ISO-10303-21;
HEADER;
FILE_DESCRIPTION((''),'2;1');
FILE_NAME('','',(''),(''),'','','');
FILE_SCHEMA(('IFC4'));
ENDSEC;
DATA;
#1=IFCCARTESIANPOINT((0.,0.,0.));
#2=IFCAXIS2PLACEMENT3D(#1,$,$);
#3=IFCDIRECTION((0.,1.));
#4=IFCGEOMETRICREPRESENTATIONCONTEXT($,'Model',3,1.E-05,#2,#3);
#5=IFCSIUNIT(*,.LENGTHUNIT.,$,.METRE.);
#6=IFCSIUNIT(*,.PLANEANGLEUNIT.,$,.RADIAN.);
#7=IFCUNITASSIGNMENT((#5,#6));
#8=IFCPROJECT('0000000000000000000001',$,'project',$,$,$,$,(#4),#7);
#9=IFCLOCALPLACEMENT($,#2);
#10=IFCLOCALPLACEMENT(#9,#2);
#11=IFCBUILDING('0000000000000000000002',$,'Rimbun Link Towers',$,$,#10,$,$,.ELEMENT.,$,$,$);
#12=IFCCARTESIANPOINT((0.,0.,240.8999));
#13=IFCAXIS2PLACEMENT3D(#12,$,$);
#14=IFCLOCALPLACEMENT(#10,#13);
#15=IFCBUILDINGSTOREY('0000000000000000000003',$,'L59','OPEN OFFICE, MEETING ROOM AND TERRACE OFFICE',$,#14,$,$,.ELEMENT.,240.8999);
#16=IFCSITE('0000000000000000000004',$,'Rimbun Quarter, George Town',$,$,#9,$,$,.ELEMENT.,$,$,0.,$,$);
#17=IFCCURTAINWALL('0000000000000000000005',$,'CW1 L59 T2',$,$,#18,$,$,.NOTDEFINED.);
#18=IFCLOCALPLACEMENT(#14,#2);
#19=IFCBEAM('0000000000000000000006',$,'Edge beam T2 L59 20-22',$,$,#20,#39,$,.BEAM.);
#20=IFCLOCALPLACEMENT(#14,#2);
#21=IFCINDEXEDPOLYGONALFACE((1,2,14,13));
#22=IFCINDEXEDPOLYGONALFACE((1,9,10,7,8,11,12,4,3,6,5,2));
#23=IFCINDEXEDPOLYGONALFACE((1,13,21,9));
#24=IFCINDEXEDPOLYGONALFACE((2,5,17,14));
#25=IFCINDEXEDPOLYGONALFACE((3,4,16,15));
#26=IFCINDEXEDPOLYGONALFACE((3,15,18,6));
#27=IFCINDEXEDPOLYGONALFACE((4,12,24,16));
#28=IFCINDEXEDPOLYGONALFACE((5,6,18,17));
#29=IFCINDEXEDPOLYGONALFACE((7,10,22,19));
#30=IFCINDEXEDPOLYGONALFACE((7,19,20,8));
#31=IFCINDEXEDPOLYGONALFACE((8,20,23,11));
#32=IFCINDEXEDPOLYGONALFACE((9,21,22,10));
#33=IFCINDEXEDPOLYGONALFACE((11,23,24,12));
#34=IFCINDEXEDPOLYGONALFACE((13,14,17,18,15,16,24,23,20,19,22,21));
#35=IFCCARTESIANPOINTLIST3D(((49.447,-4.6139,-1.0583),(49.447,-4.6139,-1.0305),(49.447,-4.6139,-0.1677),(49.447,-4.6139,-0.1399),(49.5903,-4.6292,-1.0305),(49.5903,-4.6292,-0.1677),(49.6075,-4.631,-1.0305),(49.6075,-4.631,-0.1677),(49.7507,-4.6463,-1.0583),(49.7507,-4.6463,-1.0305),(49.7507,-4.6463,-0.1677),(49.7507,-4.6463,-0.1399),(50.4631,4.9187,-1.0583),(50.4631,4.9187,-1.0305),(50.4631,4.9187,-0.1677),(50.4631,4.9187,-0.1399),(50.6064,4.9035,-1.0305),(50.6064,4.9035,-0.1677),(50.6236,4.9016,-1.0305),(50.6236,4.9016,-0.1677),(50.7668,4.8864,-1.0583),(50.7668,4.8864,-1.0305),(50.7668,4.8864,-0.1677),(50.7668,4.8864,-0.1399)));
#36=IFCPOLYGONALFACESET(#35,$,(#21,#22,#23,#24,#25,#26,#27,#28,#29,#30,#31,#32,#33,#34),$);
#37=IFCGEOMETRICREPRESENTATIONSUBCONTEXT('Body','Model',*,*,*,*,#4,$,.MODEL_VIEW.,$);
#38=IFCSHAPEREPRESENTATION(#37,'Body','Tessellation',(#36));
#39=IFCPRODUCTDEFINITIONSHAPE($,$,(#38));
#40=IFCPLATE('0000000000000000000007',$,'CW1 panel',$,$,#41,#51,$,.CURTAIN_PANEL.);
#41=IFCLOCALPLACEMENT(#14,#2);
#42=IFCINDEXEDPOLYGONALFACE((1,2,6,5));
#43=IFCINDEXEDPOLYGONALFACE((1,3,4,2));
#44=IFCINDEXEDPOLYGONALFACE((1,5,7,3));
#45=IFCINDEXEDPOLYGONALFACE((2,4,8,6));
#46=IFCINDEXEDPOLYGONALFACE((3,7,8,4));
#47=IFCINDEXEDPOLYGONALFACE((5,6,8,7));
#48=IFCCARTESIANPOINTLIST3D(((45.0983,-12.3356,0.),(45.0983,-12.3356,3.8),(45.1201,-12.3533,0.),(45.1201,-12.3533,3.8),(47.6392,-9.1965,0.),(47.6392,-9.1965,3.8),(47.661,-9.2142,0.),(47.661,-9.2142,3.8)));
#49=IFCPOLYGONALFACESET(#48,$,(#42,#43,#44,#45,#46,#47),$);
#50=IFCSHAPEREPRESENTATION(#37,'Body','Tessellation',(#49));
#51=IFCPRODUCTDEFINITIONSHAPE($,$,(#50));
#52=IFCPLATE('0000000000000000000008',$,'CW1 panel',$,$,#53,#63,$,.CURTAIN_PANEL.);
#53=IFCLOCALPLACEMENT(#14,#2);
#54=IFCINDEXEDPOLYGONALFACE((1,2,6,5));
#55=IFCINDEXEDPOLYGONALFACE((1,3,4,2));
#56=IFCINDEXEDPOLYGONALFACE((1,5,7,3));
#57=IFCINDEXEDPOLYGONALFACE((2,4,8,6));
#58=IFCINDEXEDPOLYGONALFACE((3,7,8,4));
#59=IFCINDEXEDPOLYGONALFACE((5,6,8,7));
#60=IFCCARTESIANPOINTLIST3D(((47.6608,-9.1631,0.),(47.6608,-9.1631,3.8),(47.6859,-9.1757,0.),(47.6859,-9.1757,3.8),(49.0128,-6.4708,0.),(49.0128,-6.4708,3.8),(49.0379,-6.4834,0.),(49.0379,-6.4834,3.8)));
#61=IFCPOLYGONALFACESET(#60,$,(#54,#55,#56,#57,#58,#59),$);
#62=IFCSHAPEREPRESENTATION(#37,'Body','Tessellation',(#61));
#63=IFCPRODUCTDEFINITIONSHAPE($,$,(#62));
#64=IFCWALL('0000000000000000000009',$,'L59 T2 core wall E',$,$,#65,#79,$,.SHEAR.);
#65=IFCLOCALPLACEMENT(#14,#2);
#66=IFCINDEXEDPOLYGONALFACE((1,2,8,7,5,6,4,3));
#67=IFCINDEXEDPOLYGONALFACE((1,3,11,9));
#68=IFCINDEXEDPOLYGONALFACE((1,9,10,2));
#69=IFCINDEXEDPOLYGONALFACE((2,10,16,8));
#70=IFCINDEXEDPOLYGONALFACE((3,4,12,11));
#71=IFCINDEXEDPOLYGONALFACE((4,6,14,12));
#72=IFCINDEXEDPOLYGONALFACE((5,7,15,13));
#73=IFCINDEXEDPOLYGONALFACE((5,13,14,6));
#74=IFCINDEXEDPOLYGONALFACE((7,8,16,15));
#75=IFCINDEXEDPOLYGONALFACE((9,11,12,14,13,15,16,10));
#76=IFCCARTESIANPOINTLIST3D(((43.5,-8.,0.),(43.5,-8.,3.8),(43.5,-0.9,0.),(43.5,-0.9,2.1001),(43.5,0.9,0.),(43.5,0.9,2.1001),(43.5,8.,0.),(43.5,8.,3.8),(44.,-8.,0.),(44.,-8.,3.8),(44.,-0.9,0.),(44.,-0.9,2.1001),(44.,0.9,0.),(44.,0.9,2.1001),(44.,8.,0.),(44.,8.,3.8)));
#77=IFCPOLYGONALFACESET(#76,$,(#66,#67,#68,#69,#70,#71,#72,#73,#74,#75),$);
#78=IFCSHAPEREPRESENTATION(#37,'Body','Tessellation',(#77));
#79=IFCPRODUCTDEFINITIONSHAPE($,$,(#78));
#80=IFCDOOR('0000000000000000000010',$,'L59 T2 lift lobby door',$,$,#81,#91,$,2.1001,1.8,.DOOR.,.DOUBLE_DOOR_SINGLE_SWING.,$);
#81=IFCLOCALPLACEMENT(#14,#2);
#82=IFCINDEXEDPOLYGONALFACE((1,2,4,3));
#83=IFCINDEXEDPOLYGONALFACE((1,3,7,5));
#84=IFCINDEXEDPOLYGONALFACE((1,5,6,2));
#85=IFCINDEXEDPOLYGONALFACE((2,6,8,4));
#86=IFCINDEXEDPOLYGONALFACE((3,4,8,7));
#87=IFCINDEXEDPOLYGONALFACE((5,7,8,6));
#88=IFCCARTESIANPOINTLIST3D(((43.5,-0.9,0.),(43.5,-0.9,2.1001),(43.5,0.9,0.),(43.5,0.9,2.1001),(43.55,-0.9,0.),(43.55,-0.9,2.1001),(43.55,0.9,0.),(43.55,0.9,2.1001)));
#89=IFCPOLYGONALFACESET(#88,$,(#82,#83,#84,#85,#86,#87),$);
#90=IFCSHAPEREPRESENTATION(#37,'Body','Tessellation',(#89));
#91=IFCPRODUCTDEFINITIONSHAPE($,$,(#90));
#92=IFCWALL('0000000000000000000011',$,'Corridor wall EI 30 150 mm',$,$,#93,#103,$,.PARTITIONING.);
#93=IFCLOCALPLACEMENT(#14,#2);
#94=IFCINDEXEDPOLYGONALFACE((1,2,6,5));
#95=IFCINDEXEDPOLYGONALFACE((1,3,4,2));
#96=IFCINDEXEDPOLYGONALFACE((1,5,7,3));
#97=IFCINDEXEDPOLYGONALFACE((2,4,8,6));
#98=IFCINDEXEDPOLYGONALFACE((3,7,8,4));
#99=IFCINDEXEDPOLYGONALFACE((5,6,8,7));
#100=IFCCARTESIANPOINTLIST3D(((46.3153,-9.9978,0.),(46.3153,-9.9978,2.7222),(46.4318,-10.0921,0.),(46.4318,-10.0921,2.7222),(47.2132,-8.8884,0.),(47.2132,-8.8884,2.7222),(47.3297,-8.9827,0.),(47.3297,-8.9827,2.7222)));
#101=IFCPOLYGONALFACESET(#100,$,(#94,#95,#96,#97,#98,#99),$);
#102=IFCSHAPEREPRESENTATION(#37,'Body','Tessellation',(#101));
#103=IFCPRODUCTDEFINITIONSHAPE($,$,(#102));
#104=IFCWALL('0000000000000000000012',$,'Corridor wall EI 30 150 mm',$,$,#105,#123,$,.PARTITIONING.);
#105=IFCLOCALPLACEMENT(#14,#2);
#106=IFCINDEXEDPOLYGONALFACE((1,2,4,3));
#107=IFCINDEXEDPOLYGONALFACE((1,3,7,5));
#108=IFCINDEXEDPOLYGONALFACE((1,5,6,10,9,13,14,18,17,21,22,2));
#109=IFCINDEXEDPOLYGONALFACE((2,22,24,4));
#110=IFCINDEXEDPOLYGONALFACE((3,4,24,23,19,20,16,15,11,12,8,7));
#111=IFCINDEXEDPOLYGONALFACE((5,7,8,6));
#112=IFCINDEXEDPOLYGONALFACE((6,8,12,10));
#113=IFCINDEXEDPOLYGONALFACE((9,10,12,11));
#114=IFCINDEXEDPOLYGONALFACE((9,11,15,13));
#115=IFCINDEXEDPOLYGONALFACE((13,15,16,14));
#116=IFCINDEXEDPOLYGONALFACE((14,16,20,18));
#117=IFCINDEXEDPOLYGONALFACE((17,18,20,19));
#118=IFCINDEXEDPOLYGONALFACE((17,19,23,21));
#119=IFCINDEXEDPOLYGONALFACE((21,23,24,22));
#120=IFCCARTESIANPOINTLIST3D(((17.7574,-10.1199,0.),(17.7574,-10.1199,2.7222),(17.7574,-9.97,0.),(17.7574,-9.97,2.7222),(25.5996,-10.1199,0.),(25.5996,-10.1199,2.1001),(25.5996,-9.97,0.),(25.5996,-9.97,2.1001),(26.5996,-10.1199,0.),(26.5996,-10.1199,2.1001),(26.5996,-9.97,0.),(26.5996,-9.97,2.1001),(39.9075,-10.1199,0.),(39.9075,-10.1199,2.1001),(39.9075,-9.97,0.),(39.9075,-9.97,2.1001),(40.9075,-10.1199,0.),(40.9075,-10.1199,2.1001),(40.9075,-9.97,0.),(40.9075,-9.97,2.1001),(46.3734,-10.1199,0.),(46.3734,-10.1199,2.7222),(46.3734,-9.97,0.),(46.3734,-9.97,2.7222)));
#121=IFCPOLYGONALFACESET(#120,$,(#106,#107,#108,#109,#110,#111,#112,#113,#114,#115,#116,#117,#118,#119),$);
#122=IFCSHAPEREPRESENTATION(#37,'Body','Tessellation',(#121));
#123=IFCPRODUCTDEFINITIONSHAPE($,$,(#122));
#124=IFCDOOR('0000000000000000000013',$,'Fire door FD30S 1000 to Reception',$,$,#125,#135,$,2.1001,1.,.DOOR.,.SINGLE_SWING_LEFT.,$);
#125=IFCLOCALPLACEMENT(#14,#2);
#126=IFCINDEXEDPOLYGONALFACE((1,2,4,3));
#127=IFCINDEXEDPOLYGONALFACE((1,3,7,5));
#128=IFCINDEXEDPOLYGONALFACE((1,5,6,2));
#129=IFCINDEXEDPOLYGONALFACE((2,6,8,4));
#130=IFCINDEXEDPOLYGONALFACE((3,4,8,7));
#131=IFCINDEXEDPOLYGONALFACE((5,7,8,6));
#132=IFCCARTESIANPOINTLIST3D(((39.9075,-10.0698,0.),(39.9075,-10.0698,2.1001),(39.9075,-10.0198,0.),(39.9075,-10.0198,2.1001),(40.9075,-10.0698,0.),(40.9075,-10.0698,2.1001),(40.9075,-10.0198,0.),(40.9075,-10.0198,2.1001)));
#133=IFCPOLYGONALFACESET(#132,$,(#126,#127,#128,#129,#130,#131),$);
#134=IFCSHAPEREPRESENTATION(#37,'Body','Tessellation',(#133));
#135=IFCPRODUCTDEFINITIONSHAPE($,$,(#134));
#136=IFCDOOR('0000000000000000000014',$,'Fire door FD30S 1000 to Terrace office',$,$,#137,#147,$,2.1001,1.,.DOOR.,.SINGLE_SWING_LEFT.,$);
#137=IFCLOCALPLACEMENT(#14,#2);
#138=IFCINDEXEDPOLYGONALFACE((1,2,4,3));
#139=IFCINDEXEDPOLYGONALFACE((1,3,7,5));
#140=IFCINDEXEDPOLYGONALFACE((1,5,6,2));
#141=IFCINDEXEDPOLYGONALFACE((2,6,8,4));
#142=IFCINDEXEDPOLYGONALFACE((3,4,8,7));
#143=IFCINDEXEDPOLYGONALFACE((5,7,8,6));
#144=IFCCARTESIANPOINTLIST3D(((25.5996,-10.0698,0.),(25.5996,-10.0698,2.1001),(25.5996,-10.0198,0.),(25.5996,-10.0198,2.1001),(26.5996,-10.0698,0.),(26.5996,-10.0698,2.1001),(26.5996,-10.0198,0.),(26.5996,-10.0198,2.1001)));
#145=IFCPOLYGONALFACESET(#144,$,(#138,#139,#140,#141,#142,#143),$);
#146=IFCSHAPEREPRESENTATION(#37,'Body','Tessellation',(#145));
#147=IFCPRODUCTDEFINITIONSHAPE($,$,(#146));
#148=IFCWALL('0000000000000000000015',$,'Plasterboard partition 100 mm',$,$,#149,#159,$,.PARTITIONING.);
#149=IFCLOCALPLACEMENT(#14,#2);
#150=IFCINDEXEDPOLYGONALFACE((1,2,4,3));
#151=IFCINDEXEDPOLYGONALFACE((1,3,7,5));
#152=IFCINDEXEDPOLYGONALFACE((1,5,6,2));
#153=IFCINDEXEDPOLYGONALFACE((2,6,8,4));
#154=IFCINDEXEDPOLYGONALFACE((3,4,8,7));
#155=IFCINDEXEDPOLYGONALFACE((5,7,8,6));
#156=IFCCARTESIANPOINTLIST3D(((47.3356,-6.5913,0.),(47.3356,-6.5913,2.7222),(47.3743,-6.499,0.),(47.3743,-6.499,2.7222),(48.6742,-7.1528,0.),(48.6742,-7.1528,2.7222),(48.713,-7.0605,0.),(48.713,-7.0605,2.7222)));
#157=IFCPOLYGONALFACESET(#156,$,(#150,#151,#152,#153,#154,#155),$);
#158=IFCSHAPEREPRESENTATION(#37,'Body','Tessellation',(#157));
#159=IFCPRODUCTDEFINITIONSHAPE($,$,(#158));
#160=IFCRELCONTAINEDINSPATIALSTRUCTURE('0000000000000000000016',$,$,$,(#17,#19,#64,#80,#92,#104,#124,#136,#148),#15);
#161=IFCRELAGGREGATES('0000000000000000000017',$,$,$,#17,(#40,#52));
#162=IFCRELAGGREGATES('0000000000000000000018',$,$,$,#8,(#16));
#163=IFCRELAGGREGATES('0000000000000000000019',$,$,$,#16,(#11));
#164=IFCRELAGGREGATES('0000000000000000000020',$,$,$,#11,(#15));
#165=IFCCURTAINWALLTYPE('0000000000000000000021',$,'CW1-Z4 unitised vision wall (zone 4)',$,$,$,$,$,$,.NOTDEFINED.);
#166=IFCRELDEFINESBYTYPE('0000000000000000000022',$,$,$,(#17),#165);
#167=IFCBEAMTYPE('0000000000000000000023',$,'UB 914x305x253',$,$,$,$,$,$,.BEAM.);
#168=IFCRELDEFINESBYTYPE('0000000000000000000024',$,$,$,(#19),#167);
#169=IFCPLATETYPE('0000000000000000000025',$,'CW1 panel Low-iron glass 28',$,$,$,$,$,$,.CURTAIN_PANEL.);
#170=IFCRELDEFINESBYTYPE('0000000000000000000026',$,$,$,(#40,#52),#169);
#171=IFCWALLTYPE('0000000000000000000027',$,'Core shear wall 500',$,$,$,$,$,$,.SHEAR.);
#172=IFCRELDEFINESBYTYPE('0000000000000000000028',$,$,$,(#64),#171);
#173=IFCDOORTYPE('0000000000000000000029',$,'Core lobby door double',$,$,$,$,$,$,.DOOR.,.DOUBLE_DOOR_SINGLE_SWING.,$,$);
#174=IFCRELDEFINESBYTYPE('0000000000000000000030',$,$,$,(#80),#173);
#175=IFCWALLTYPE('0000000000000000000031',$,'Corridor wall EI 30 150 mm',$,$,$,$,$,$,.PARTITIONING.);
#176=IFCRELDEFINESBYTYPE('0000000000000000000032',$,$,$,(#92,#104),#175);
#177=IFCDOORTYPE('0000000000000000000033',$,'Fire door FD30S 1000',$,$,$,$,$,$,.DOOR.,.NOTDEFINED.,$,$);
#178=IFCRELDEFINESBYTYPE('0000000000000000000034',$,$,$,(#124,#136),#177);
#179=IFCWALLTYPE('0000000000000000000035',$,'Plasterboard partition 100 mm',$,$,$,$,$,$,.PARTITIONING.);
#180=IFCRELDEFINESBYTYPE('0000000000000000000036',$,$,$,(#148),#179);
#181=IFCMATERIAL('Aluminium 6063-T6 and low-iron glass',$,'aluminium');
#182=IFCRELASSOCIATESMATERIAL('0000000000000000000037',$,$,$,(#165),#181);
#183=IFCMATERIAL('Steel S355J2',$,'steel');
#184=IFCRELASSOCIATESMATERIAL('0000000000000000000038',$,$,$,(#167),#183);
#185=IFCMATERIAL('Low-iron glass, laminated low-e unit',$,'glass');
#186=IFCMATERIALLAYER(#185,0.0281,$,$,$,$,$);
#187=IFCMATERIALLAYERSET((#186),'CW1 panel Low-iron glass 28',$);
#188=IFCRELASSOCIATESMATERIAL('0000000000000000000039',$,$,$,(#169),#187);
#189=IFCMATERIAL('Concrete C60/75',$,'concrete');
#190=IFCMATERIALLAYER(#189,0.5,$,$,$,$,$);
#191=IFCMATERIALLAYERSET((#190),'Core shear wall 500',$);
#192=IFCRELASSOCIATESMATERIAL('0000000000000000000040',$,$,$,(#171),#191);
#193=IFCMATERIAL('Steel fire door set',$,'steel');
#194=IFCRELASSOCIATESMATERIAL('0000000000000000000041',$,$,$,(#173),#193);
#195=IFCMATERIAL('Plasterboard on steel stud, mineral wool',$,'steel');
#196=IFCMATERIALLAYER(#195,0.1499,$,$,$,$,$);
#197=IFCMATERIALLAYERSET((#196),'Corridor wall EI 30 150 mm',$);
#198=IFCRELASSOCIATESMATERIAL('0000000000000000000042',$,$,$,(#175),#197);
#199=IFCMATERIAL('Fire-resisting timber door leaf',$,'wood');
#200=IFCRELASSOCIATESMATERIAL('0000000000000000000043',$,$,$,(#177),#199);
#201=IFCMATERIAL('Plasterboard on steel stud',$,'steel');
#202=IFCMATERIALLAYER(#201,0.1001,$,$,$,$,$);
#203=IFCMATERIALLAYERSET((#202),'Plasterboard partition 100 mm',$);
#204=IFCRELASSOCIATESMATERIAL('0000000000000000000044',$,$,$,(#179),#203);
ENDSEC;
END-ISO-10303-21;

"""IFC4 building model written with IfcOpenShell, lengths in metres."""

from ifc_helpers import new_model, si_unit, direction, frame, frame_2d, origin, origin_2d, place, context, subcontext, project, spatial, rectangle, i_section, extrude, material, layer, layer_set, material_profile, profile_set, type_object, element, fill, aggregate, save


model = new_model("IFC4")

# Units and contexts
model_context = context("Model", 3, precision=1e-05, world=origin(), true_north=direction((0.0, 1.0)))
body_context = subcontext(model_context, "Body", "Model", "MODEL_VIEW")
ifc_project = project(units=[si_unit("LENGTHUNIT", "METRE"), si_unit("PLANEANGLEUNIT", "RADIAN")], contexts=[model_context])

# Site, building, storey
site_placement = place(None, origin())
site = spatial("IfcSite", under=ifc_project, at=site_placement, Name="Rimbun Quarter, George Town", CompositionType="ELEMENT", RefElevation=0.0)
building_placement = place(site_placement, origin())
building = spatial("IfcBuilding", under=site, at=building_placement, Name="Rimbun Link Towers", CompositionType="ELEMENT")
storey_placement = place(building_placement, frame((0.0, 0.0, 240.8999)))
storey = spatial("IfcBuildingStorey", under=building, at=storey_placement, Name="L59", Description="OPEN OFFICE, MEETING ROOM AND TERRACE OFFICE", CompositionType="ELEMENT", Elevation=240.8999)

# Curtain wall
ifc_material_1 = material(Name="Aluminium 6063-T6 and low-iron glass", Category="aluminium")
curtain_wall_type = type_object("IfcCurtainWallType", Name="CW1-Z4 unitised vision wall (zone 4)", PredefinedType="NOTDEFINED", material=ifc_material_1)
curtain_wall_placement = place(storey_placement, origin())
curtain_wall = element("IfcCurtainWall", 1, at=curtain_wall_placement, inside=storey, type_object=curtain_wall_type, Name="CW1 L59 T2", PredefinedType="NOTDEFINED")

# Beam
ifc_material_2 = material(Name="Steel S355J2", Category="steel")
ifc_material_profile_1 = material_profile(ifc_material_2, i_section(OverallWidth=0.3054, OverallDepth=0.9185, WebThickness=0.0173, FlangeThickness=0.0278, at=origin_2d()), Name="UB 914x305x253")
ifc_profile_set_1 = profile_set([ifc_material_profile_1], Name="Steel S355J2")
beam_type_1 = type_object("IfcBeamType", Name="UB 914x305x253", PredefinedType="BEAM", material=ifc_profile_set_1)
beam_1_placement = place(storey_placement, frame((49.5989, -4.6301, -0.5991), z_axis=(0.105992, 0.994367, 0.0), x_axis=(-0.994367, 0.105992, 0.0)))
element("IfcBeam", 2, at=beam_1_placement, inside=storey, type_object=beam_type_1, Name="Edge beam T2 L59 20-22", PredefinedType="BEAM", context=body_context, shape_type="SweptSolid", body=[
    extrude(i_section(OverallWidth=0.3054, OverallDepth=0.9185, WebThickness=0.0173, FlangeThickness=0.0278, at=origin_2d()), origin(), (0.0, 0.0, 1.0), 9.5867),
])

# Plates
ifc_material_3 = material(Name="Low-iron glass, laminated low-e unit", Category="glass")
ifc_layer_1 = layer(ifc_material_3, 0.0281)
ifc_layer_set_1 = layer_set([ifc_layer_1], Name="CW1 panel Low-iron glass 28")
plate_type = type_object("IfcPlateType", Name="CW1 panel Low-iron glass 28", PredefinedType="CURTAIN_PANEL", material=ifc_layer_set_1)
plate_1_placement = place(storey_placement, frame((46.3796, -10.7749, 0.0), z_axis=(0.0, 0.0, 1.0), x_axis=(-0.629148, -0.777285, 0.0)))
plate_1 = element("IfcPlate", 3, at=plate_1_placement, type_object=plate_type, Name="CW1 panel", PredefinedType="CURTAIN_PANEL", context=body_context, shape_type="SweptSolid", body=[
    extrude(rectangle(XDim=4.0386, YDim=0.0281, at=origin_2d()), origin(), (0.0, 0.0, 1.0), 3.8),
])
plate_2_placement = place(storey_placement, frame((48.3494, -7.8232, 0.0), z_axis=(0.0, 0.0, 1.0), x_axis=(-0.448779, -0.893643, 0.0)))
plate_2 = element("IfcPlate", 4, at=plate_2_placement, type_object=plate_type, Name="CW1 panel", PredefinedType="CURTAIN_PANEL", context=body_context, shape_type="SweptSolid", body=[
    extrude(rectangle(XDim=3.0127, YDim=0.0281, at=origin_2d()), origin(), (0.0, 0.0, 1.0), 3.8),
])
aggregate(curtain_wall, [plate_1, plate_2])

# Wall, opening, door
ifc_material_4 = material(Name="Concrete C60/75", Category="concrete")
ifc_layer_2 = layer(ifc_material_4, 0.5)
ifc_layer_set_2 = layer_set([ifc_layer_2], Name="Core shear wall 500")
wall_type_1 = type_object("IfcWallType", Name="Core shear wall 500", PredefinedType="SHEAR", material=ifc_layer_set_2)
wall_1_placement = place(storey_placement, frame((43.75, -8.0, 0.0), z_axis=(0.0, 0.0, 1.0), x_axis=(0.0, 1.0, 0.0)))
wall_1 = element("IfcWall", 5, at=wall_1_placement, inside=storey, type_object=wall_type_1, Name="L59 T2 core wall E", PredefinedType="SHEAR", context=body_context, shape_type="SweptSolid", body=[
    extrude(rectangle(XDim=16.0, YDim=0.5, at=frame_2d((8.0, 0.0))), origin(), (0.0, 0.0, 1.0), 3.8),
])
opening_1_placement = place(wall_1_placement, frame((7.1001, 0.0, 0.0)))
opening_1 = element("IfcOpeningElement", 6, at=opening_1_placement, cuts=wall_1, PredefinedType="OPENING", context=body_context, shape_type="SweptSolid", body=[
    extrude(rectangle(XDim=1.8, YDim=2.1001, at=frame_2d((0.8999, 1.05))), frame((0.0, 0.26, 0.0), z_axis=(0.0, -1.0, 0.0), x_axis=(1.0, 0.0, 0.0)), (0.0, 0.0, 1.0), 0.52),
])
ifc_material_5 = material(Name="Steel fire door set", Category="steel")
door_type_1 = type_object("IfcDoorType", Name="Core lobby door double", OperationType="DOUBLE_DOOR_SINGLE_SWING", PredefinedType="DOOR", material=ifc_material_5)
door_1_placement = place(opening_1_placement, origin())
door_1 = element("IfcDoor", 7, at=door_1_placement, inside=storey, type_object=door_type_1, Name="L59 T2 lift lobby door", OperationType="DOUBLE_DOOR_SINGLE_SWING", OverallHeight=2.1001, OverallWidth=1.8, PredefinedType="DOOR", context=body_context, shape_type="SweptSolid", body=[
    extrude(rectangle(XDim=1.8, YDim=2.1001, at=frame_2d((0.8999, 1.05))), frame((0.0, 0.25, 0.0), z_axis=(0.0, -1.0, 0.0), x_axis=(1.0, 0.0, 0.0)), (0.0, 0.0, 1.0), 0.05),
])
fill(opening_1, door_1)

# Wall
ifc_material_6 = material(Name="Plasterboard on steel stud, mineral wool", Category="steel")
ifc_layer_3 = layer(ifc_material_6, 0.1499)
ifc_layer_set_3 = layer_set([ifc_layer_3], Name="Corridor wall EI 30 150 mm")
wall_type_2 = type_object("IfcWallType", Name="Corridor wall EI 30 150 mm", PredefinedType="PARTITIONING", material=ifc_layer_set_3)
wall_2_placement = place(storey_placement, frame((46.3735, -10.0449, 0.0), z_axis=(0.0, 0.0, 1.0), x_axis=(0.629149, 0.777285, 0.0)))
element("IfcWall", 8, at=wall_2_placement, inside=storey, type_object=wall_type_2, Name="Corridor wall EI 30 150 mm", PredefinedType="PARTITIONING", context=body_context, shape_type="SweptSolid", body=[
    extrude(rectangle(XDim=1.4272, YDim=0.1499, at=frame_2d((0.7136, 0.0))), origin(), (0.0, 0.0, 1.0), 2.7222),
])

# Wall, openings, doors
wall_3_placement = place(storey_placement, frame((46.3735, -10.0449, 0.0), z_axis=(0.0, 0.0, 1.0), x_axis=(-1.0, 0.0, 0.0)))
wall_3 = element("IfcWall", 9, at=wall_3_placement, inside=storey, type_object=wall_type_2, Name="Corridor wall EI 30 150 mm", PredefinedType="PARTITIONING", context=body_context, shape_type="SweptSolid", body=[
    extrude(rectangle(XDim=28.616, YDim=0.1499, at=frame_2d((14.3081, 0.0))), origin(), (0.0, 0.0, 1.0), 2.7222),
])
opening_2_placement = place(wall_3_placement, frame((5.4661, 0.0, 0.0)))
opening_2 = element("IfcOpeningElement", 10, at=opening_2_placement, cuts=wall_3, PredefinedType="OPENING", context=body_context, shape_type="SweptSolid", body=[
    extrude(rectangle(XDim=1.0, YDim=2.1001, at=frame_2d((0.5, 1.05))), frame((0.0, 0.085, 0.0), z_axis=(0.0, -1.0, 0.0), x_axis=(1.0, 0.0, 0.0)), (0.0, 0.0, 1.0), 0.1699),
])
opening_3_placement = place(wall_3_placement, frame((19.7739, 0.0, 0.0)))
opening_3 = element("IfcOpeningElement", 11, at=opening_3_placement, cuts=wall_3, PredefinedType="OPENING", context=body_context, shape_type="SweptSolid", body=[
    extrude(rectangle(XDim=1.0, YDim=2.1001, at=frame_2d((0.5, 1.05))), frame((0.0, 0.085, 0.0), z_axis=(0.0, -1.0, 0.0), x_axis=(1.0, 0.0, 0.0)), (0.0, 0.0, 1.0), 0.1699),
])
ifc_material_7 = material(Name="Fire-resisting timber door leaf", Category="wood")
door_type_2 = type_object("IfcDoorType", Name="Fire door FD30S 1000", OperationType="NOTDEFINED", PredefinedType="DOOR", material=ifc_material_7)
door_2_placement = place(opening_2_placement, origin())
door_2 = element("IfcDoor", 12, at=door_2_placement, inside=storey, type_object=door_type_2, Name="Fire door FD30S 1000 to Reception", OperationType="SINGLE_SWING_LEFT", OverallHeight=2.1001, OverallWidth=1.0, PredefinedType="DOOR", context=body_context, shape_type="SweptSolid", body=[
    extrude(rectangle(XDim=1.0, YDim=2.1001, at=frame_2d((0.5, 1.05))), frame((0.0, 0.0249, 0.0), z_axis=(0.0, -1.0, 0.0), x_axis=(1.0, 0.0, 0.0)), (0.0, 0.0, 1.0), 0.05),
])
fill(opening_2, door_2)
door_3_placement = place(opening_3_placement, origin())
door_3 = element("IfcDoor", 13, at=door_3_placement, inside=storey, type_object=door_type_2, Name="Fire door FD30S 1000 to Terrace office", OperationType="SINGLE_SWING_LEFT", OverallHeight=2.1001, OverallWidth=1.0, PredefinedType="DOOR", context=body_context, shape_type="SweptSolid", body=[
    extrude(rectangle(XDim=1.0, YDim=2.1001, at=frame_2d((0.5, 1.05))), frame((0.0, 0.0249, 0.0), z_axis=(0.0, -1.0, 0.0), x_axis=(1.0, 0.0, 0.0)), (0.0, 0.0, 1.0), 0.05),
])
fill(opening_3, door_3)

# Wall
ifc_material_8 = material(Name="Plasterboard on steel stud", Category="steel")
ifc_layer_4 = layer(ifc_material_8, 0.1001)
ifc_layer_set_4 = layer_set([ifc_layer_4], Name="Plasterboard partition 100 mm")
wall_type_3 = type_object("IfcWallType", Name="Plasterboard partition 100 mm", PredefinedType="PARTITIONING", material=ifc_layer_set_4)
wall_4_placement = place(storey_placement, frame((48.6936, -7.1067, 0.0), z_axis=(0.0, 0.0, 1.0), x_axis=(-0.922154, 0.386824, 0.0)))
element("IfcWall", 14, at=wall_4_placement, inside=storey, type_object=wall_type_3, Name="Plasterboard partition 100 mm", PredefinedType="PARTITIONING", context=body_context, shape_type="SweptSolid", body=[
    extrude(rectangle(XDim=1.4517, YDim=0.1001, at=frame_2d((0.7258, 0.0))), origin(), (0.0, 0.0, 1.0), 2.7222),
])

save(model, "model.ifc")
